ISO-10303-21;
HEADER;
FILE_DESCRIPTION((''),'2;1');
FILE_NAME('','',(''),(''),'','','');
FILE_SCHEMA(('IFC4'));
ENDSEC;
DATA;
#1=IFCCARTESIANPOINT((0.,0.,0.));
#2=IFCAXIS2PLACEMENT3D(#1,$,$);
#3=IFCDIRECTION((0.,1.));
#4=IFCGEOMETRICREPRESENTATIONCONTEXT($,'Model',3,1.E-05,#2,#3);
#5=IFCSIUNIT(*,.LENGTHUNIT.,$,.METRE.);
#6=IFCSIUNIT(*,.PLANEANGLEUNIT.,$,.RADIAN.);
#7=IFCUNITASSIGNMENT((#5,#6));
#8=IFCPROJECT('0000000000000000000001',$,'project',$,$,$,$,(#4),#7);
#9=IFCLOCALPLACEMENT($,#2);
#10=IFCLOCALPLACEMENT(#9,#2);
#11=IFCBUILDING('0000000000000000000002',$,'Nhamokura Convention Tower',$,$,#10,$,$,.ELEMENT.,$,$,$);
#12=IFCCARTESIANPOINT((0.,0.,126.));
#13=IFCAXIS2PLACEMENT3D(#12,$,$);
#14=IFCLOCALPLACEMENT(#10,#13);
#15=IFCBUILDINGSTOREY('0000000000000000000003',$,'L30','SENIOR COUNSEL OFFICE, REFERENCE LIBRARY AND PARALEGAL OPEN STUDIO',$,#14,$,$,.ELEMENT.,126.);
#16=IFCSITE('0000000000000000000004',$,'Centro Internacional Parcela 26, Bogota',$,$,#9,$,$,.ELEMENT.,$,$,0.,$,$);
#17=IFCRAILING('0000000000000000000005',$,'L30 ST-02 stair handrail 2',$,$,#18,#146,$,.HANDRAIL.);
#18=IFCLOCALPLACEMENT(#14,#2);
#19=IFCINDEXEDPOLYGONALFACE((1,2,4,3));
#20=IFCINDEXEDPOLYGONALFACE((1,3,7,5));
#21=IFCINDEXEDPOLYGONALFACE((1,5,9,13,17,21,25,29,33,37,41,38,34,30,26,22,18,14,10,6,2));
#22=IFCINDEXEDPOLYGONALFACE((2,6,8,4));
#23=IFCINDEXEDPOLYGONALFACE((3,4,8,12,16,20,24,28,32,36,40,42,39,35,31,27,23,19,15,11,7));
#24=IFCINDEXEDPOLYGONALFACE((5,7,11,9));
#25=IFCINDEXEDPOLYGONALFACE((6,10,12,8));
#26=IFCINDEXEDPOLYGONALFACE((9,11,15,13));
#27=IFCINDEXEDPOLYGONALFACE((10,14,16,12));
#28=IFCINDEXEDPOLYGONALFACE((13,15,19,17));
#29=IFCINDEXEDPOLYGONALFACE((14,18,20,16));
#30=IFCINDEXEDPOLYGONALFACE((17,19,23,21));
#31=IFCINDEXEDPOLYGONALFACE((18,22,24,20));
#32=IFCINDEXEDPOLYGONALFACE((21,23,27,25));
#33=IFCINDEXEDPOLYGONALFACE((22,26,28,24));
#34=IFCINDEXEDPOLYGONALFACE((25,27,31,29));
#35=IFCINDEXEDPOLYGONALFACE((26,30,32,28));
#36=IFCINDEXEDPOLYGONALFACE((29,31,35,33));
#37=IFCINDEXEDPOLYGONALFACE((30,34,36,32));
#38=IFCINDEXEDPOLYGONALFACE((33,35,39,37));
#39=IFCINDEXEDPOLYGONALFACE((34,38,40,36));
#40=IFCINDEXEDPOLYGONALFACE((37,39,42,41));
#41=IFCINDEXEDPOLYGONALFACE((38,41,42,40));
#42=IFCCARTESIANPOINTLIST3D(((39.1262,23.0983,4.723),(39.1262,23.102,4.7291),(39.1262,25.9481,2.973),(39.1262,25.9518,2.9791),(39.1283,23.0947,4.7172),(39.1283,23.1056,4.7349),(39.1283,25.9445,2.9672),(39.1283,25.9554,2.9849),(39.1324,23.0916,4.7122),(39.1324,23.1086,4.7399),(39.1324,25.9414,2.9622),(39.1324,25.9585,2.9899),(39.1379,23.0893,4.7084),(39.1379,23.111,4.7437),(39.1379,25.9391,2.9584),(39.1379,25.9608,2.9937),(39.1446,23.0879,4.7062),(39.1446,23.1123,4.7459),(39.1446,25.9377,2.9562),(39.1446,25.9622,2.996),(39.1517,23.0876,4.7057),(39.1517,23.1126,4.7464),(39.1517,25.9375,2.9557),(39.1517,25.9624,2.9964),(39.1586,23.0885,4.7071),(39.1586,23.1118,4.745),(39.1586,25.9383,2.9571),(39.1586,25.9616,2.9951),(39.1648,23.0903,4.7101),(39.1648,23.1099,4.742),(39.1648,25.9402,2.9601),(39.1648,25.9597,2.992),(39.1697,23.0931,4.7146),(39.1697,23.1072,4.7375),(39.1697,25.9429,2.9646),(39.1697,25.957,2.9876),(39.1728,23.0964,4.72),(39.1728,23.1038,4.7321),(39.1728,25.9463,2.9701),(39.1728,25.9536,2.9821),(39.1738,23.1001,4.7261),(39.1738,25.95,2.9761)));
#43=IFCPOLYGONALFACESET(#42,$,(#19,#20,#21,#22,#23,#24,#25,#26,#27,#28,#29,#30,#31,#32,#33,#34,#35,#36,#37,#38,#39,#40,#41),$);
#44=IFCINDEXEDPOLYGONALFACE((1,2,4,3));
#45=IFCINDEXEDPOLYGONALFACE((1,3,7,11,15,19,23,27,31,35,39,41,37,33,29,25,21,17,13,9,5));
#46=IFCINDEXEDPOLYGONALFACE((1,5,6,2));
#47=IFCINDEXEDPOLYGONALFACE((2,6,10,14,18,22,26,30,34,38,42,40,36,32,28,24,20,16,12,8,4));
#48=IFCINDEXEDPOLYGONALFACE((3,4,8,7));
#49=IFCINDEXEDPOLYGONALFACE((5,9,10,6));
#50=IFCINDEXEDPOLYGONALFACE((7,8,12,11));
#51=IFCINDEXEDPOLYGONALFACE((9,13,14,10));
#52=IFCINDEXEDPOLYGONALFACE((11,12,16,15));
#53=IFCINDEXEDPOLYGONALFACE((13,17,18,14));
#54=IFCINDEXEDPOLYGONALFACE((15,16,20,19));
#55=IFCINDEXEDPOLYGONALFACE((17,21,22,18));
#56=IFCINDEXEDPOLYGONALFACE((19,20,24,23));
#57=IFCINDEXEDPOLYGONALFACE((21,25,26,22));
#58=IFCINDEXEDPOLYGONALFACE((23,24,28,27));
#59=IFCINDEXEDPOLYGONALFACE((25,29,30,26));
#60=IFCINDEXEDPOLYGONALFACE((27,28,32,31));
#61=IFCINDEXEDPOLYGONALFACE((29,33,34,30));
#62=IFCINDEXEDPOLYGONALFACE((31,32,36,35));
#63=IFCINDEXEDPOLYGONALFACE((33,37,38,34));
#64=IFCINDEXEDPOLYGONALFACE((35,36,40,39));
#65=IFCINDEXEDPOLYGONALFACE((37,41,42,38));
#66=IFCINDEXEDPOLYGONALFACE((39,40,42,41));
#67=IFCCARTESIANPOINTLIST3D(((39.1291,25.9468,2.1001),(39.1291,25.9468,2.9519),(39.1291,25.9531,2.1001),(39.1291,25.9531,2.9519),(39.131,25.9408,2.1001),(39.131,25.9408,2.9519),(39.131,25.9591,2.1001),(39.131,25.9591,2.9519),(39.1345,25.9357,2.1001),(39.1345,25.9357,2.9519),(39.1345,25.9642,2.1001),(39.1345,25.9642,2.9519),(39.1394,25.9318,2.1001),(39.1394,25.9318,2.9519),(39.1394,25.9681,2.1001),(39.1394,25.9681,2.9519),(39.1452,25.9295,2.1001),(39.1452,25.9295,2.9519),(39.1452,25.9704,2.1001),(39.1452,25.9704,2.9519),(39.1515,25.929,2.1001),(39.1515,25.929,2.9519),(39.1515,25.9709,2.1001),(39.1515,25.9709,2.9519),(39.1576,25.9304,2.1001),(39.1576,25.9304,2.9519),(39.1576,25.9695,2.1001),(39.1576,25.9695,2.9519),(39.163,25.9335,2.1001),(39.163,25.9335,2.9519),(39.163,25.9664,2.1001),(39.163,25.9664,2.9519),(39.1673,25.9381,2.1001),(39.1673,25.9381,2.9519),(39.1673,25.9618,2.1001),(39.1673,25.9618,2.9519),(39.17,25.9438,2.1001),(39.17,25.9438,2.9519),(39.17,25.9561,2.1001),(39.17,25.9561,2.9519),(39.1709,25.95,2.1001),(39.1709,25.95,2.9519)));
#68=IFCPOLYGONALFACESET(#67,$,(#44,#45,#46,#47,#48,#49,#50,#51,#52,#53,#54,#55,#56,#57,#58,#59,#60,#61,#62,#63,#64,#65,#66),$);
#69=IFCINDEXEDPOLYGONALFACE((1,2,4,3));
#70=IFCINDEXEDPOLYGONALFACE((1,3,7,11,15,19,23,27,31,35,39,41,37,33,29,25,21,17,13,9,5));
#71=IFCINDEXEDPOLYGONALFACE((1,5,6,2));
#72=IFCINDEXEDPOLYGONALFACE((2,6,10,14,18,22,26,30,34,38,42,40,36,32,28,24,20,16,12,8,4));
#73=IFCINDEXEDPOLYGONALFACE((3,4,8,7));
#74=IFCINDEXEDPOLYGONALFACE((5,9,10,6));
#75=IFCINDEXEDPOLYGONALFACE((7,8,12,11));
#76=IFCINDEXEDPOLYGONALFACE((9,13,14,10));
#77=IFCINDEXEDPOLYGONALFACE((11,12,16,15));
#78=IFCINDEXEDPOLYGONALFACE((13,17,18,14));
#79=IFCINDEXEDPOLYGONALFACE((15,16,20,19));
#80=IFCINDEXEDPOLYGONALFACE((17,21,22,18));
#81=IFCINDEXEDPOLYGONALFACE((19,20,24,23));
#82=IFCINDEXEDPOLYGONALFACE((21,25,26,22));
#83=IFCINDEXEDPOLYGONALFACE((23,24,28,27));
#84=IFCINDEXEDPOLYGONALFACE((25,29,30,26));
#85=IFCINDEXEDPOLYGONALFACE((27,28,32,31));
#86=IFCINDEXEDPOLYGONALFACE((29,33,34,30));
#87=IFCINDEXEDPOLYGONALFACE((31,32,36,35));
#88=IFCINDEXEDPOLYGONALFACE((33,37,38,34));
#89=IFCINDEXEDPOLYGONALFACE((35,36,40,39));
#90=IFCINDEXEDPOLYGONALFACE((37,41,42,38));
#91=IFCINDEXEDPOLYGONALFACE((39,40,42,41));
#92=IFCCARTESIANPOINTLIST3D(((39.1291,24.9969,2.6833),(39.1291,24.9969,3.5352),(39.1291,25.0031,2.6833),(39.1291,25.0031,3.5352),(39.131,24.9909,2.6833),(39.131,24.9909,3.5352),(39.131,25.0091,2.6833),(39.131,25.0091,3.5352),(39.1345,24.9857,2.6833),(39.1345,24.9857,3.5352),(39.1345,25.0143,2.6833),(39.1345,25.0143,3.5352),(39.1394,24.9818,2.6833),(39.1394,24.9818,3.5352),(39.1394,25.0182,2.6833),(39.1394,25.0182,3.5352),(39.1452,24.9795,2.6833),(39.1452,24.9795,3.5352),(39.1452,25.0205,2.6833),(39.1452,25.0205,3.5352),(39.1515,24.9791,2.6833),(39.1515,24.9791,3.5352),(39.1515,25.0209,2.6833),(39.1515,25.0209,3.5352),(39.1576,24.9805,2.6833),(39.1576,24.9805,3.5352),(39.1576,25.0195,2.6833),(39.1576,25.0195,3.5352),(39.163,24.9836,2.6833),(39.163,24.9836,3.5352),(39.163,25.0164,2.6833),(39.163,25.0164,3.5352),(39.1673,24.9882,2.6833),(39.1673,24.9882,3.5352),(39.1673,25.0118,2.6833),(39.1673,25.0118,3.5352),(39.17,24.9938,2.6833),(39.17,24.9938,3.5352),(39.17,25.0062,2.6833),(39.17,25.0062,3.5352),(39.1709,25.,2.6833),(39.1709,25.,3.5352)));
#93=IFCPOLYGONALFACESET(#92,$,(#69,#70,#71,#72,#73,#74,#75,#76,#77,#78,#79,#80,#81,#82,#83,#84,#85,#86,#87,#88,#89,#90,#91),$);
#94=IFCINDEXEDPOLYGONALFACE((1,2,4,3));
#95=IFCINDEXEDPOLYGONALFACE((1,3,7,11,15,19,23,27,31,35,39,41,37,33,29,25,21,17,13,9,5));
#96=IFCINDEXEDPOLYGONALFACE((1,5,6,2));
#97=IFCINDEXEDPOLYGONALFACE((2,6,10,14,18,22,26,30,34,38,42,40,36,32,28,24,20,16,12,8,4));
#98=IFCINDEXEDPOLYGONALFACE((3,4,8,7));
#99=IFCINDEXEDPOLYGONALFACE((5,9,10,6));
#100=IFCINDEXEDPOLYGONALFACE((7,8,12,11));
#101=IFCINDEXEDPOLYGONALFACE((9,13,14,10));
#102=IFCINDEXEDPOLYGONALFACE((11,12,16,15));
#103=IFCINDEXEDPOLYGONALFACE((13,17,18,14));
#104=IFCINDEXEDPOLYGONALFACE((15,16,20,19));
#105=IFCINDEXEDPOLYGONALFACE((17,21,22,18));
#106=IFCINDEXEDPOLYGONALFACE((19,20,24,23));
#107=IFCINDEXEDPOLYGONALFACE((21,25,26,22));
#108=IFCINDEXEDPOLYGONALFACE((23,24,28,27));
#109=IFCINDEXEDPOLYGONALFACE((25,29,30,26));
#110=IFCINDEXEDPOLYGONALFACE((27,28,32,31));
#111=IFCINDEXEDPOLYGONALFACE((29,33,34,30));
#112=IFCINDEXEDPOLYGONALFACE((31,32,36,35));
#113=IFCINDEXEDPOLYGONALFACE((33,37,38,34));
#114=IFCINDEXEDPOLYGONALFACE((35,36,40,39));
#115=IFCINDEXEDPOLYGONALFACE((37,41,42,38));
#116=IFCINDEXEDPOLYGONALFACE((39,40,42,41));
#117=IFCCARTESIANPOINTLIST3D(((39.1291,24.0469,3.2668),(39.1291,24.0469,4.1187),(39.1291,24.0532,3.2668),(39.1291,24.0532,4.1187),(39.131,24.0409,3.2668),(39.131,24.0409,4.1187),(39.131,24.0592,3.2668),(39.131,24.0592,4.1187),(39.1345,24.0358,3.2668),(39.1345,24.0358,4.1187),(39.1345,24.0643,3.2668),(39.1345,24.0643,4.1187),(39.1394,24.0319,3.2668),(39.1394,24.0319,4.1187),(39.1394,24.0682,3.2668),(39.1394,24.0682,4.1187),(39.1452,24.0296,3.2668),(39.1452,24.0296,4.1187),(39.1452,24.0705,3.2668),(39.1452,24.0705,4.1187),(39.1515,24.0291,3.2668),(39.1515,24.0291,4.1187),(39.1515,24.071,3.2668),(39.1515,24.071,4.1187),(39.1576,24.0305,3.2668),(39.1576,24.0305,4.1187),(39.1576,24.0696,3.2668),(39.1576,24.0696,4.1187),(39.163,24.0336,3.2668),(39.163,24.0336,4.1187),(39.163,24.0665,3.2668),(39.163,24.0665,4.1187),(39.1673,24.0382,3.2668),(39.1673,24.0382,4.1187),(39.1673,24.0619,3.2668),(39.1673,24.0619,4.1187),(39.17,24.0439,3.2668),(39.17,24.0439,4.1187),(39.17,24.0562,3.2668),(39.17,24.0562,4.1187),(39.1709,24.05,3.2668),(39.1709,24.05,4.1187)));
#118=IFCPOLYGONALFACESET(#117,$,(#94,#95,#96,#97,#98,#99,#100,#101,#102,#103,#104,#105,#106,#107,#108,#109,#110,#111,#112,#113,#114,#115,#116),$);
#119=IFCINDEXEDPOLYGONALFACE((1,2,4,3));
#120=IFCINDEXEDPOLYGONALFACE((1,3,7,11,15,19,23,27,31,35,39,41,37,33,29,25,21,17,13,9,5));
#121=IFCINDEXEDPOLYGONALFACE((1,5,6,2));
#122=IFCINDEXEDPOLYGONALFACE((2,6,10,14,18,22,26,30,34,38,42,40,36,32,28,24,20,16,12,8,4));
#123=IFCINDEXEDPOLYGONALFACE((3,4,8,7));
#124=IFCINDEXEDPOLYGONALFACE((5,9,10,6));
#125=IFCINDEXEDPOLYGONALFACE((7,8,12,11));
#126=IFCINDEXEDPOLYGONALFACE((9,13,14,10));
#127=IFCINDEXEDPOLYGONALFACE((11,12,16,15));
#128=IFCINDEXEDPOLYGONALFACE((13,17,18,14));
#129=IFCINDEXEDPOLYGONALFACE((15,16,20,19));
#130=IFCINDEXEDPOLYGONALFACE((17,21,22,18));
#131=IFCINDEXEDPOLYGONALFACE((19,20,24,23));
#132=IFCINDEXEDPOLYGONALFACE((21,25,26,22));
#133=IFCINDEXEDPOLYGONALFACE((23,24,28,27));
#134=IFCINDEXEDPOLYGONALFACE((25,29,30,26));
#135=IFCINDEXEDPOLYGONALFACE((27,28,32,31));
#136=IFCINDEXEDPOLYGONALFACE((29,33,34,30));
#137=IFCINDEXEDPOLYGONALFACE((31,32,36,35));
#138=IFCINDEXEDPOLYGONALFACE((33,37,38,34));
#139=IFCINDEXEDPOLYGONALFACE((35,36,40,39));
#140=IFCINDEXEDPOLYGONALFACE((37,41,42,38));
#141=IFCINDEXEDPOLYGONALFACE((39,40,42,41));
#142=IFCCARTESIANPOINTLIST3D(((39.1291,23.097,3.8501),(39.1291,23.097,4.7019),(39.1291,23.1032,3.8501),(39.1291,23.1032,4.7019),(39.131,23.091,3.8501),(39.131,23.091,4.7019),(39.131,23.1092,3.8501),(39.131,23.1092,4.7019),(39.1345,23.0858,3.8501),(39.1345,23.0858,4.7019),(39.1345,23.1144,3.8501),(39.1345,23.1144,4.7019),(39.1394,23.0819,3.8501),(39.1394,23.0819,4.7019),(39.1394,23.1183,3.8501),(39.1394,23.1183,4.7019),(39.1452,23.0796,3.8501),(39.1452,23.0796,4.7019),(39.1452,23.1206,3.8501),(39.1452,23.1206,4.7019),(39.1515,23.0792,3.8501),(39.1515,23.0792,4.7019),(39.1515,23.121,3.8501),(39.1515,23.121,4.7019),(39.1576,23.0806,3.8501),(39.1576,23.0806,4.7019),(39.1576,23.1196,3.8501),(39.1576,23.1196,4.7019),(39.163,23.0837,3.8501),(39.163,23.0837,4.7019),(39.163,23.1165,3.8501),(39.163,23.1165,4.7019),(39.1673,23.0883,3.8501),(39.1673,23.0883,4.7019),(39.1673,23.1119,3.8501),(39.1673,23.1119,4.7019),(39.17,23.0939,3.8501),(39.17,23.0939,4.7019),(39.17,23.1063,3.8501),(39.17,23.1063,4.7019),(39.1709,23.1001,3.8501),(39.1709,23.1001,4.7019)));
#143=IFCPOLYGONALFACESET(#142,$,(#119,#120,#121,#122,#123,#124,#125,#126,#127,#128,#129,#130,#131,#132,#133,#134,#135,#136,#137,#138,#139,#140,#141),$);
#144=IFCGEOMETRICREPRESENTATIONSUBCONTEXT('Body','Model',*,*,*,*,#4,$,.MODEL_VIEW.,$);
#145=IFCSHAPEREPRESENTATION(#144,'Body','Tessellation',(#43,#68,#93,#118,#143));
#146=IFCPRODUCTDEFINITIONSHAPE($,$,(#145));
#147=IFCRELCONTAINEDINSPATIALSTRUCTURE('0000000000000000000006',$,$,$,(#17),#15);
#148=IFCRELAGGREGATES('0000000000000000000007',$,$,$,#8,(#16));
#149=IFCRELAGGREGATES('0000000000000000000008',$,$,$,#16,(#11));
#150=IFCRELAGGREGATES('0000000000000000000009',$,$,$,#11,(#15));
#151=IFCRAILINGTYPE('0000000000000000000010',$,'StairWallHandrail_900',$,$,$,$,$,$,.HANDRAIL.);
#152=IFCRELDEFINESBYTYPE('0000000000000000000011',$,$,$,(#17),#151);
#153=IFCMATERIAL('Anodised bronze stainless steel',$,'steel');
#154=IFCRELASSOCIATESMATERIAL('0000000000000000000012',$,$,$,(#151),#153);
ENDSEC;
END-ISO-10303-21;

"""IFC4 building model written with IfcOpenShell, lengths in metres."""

from ifc_helpers import new_model, si_unit, direction, frame, origin, origin_2d, place, context, subcontext, project, spatial, circle, extrude, material, type_object, element, save


model = new_model("IFC4")

# Units and contexts
model_context = context("Model", 3, precision=1e-05, world=origin(), true_north=direction((0.0, 1.0)))
body_context = subcontext(model_context, "Body", "Model", "MODEL_VIEW")
ifc_project = project(units=[si_unit("LENGTHUNIT", "METRE"), si_unit("PLANEANGLEUNIT", "RADIAN")], contexts=[model_context])

# Site, building, storey
site_placement = place(None, origin())
site = spatial("IfcSite", under=ifc_project, at=site_placement, Name="Centro Internacional Parcela 26, Bogota", CompositionType="ELEMENT", RefElevation=0.0)
building_placement = place(site_placement, origin())
building = spatial("IfcBuilding", under=site, at=building_placement, Name="Nhamokura Convention Tower", CompositionType="ELEMENT")
storey_placement = place(building_placement, frame((0.0, 0.0, 126.0)))
storey = spatial("IfcBuildingStorey", under=building, at=storey_placement, Name="L30", Description="SENIOR COUNSEL OFFICE, REFERENCE LIBRARY AND PARALEGAL OPEN STUDIO", CompositionType="ELEMENT", Elevation=126.0)

# Railing
ifc_material_1 = material(Name="Anodised bronze stainless steel", Category="steel")
railing_type_1 = type_object("IfcRailingType", Name="StairWallHandrail_900", PredefinedType="HANDRAIL", material=ifc_material_1)
railing_1_placement = place(storey_placement, frame((39.1499, 25.95, 2.1001)))
element("IfcRailing", 1, at=railing_1_placement, inside=storey, type_object=railing_type_1, Name="L30 ST-02 stair handrail 2", PredefinedType="HANDRAIL", context=body_context, shape_type="SweptSolid", body=[
    extrude(circle(Radius=0.0239, at=origin_2d()), frame((0.0, 0.0, 0.876), z_axis=(0.0, -0.852159, 0.523283), x_axis=(1.0, 0.0, 0.0)), (0.0, 0.0, 1.0), 3.3442),
    extrude(circle(Radius=0.021, at=origin_2d()), origin(), (0.0, 0.0, 1.0), 0.8518),
    extrude(circle(Radius=0.021, at=origin_2d()), frame((0.0, -0.95, 0.5833)), (0.0, 0.0, 1.0), 0.8518),
    extrude(circle(Radius=0.021, at=origin_2d()), frame((0.0, -1.8999, 1.1667)), (0.0, 0.0, 1.0), 0.8518),
    extrude(circle(Radius=0.021, at=origin_2d()), frame((0.0, -2.8499, 1.75)), (0.0, 0.0, 1.0), 0.8518),
])

save(model, "model.ifc")
